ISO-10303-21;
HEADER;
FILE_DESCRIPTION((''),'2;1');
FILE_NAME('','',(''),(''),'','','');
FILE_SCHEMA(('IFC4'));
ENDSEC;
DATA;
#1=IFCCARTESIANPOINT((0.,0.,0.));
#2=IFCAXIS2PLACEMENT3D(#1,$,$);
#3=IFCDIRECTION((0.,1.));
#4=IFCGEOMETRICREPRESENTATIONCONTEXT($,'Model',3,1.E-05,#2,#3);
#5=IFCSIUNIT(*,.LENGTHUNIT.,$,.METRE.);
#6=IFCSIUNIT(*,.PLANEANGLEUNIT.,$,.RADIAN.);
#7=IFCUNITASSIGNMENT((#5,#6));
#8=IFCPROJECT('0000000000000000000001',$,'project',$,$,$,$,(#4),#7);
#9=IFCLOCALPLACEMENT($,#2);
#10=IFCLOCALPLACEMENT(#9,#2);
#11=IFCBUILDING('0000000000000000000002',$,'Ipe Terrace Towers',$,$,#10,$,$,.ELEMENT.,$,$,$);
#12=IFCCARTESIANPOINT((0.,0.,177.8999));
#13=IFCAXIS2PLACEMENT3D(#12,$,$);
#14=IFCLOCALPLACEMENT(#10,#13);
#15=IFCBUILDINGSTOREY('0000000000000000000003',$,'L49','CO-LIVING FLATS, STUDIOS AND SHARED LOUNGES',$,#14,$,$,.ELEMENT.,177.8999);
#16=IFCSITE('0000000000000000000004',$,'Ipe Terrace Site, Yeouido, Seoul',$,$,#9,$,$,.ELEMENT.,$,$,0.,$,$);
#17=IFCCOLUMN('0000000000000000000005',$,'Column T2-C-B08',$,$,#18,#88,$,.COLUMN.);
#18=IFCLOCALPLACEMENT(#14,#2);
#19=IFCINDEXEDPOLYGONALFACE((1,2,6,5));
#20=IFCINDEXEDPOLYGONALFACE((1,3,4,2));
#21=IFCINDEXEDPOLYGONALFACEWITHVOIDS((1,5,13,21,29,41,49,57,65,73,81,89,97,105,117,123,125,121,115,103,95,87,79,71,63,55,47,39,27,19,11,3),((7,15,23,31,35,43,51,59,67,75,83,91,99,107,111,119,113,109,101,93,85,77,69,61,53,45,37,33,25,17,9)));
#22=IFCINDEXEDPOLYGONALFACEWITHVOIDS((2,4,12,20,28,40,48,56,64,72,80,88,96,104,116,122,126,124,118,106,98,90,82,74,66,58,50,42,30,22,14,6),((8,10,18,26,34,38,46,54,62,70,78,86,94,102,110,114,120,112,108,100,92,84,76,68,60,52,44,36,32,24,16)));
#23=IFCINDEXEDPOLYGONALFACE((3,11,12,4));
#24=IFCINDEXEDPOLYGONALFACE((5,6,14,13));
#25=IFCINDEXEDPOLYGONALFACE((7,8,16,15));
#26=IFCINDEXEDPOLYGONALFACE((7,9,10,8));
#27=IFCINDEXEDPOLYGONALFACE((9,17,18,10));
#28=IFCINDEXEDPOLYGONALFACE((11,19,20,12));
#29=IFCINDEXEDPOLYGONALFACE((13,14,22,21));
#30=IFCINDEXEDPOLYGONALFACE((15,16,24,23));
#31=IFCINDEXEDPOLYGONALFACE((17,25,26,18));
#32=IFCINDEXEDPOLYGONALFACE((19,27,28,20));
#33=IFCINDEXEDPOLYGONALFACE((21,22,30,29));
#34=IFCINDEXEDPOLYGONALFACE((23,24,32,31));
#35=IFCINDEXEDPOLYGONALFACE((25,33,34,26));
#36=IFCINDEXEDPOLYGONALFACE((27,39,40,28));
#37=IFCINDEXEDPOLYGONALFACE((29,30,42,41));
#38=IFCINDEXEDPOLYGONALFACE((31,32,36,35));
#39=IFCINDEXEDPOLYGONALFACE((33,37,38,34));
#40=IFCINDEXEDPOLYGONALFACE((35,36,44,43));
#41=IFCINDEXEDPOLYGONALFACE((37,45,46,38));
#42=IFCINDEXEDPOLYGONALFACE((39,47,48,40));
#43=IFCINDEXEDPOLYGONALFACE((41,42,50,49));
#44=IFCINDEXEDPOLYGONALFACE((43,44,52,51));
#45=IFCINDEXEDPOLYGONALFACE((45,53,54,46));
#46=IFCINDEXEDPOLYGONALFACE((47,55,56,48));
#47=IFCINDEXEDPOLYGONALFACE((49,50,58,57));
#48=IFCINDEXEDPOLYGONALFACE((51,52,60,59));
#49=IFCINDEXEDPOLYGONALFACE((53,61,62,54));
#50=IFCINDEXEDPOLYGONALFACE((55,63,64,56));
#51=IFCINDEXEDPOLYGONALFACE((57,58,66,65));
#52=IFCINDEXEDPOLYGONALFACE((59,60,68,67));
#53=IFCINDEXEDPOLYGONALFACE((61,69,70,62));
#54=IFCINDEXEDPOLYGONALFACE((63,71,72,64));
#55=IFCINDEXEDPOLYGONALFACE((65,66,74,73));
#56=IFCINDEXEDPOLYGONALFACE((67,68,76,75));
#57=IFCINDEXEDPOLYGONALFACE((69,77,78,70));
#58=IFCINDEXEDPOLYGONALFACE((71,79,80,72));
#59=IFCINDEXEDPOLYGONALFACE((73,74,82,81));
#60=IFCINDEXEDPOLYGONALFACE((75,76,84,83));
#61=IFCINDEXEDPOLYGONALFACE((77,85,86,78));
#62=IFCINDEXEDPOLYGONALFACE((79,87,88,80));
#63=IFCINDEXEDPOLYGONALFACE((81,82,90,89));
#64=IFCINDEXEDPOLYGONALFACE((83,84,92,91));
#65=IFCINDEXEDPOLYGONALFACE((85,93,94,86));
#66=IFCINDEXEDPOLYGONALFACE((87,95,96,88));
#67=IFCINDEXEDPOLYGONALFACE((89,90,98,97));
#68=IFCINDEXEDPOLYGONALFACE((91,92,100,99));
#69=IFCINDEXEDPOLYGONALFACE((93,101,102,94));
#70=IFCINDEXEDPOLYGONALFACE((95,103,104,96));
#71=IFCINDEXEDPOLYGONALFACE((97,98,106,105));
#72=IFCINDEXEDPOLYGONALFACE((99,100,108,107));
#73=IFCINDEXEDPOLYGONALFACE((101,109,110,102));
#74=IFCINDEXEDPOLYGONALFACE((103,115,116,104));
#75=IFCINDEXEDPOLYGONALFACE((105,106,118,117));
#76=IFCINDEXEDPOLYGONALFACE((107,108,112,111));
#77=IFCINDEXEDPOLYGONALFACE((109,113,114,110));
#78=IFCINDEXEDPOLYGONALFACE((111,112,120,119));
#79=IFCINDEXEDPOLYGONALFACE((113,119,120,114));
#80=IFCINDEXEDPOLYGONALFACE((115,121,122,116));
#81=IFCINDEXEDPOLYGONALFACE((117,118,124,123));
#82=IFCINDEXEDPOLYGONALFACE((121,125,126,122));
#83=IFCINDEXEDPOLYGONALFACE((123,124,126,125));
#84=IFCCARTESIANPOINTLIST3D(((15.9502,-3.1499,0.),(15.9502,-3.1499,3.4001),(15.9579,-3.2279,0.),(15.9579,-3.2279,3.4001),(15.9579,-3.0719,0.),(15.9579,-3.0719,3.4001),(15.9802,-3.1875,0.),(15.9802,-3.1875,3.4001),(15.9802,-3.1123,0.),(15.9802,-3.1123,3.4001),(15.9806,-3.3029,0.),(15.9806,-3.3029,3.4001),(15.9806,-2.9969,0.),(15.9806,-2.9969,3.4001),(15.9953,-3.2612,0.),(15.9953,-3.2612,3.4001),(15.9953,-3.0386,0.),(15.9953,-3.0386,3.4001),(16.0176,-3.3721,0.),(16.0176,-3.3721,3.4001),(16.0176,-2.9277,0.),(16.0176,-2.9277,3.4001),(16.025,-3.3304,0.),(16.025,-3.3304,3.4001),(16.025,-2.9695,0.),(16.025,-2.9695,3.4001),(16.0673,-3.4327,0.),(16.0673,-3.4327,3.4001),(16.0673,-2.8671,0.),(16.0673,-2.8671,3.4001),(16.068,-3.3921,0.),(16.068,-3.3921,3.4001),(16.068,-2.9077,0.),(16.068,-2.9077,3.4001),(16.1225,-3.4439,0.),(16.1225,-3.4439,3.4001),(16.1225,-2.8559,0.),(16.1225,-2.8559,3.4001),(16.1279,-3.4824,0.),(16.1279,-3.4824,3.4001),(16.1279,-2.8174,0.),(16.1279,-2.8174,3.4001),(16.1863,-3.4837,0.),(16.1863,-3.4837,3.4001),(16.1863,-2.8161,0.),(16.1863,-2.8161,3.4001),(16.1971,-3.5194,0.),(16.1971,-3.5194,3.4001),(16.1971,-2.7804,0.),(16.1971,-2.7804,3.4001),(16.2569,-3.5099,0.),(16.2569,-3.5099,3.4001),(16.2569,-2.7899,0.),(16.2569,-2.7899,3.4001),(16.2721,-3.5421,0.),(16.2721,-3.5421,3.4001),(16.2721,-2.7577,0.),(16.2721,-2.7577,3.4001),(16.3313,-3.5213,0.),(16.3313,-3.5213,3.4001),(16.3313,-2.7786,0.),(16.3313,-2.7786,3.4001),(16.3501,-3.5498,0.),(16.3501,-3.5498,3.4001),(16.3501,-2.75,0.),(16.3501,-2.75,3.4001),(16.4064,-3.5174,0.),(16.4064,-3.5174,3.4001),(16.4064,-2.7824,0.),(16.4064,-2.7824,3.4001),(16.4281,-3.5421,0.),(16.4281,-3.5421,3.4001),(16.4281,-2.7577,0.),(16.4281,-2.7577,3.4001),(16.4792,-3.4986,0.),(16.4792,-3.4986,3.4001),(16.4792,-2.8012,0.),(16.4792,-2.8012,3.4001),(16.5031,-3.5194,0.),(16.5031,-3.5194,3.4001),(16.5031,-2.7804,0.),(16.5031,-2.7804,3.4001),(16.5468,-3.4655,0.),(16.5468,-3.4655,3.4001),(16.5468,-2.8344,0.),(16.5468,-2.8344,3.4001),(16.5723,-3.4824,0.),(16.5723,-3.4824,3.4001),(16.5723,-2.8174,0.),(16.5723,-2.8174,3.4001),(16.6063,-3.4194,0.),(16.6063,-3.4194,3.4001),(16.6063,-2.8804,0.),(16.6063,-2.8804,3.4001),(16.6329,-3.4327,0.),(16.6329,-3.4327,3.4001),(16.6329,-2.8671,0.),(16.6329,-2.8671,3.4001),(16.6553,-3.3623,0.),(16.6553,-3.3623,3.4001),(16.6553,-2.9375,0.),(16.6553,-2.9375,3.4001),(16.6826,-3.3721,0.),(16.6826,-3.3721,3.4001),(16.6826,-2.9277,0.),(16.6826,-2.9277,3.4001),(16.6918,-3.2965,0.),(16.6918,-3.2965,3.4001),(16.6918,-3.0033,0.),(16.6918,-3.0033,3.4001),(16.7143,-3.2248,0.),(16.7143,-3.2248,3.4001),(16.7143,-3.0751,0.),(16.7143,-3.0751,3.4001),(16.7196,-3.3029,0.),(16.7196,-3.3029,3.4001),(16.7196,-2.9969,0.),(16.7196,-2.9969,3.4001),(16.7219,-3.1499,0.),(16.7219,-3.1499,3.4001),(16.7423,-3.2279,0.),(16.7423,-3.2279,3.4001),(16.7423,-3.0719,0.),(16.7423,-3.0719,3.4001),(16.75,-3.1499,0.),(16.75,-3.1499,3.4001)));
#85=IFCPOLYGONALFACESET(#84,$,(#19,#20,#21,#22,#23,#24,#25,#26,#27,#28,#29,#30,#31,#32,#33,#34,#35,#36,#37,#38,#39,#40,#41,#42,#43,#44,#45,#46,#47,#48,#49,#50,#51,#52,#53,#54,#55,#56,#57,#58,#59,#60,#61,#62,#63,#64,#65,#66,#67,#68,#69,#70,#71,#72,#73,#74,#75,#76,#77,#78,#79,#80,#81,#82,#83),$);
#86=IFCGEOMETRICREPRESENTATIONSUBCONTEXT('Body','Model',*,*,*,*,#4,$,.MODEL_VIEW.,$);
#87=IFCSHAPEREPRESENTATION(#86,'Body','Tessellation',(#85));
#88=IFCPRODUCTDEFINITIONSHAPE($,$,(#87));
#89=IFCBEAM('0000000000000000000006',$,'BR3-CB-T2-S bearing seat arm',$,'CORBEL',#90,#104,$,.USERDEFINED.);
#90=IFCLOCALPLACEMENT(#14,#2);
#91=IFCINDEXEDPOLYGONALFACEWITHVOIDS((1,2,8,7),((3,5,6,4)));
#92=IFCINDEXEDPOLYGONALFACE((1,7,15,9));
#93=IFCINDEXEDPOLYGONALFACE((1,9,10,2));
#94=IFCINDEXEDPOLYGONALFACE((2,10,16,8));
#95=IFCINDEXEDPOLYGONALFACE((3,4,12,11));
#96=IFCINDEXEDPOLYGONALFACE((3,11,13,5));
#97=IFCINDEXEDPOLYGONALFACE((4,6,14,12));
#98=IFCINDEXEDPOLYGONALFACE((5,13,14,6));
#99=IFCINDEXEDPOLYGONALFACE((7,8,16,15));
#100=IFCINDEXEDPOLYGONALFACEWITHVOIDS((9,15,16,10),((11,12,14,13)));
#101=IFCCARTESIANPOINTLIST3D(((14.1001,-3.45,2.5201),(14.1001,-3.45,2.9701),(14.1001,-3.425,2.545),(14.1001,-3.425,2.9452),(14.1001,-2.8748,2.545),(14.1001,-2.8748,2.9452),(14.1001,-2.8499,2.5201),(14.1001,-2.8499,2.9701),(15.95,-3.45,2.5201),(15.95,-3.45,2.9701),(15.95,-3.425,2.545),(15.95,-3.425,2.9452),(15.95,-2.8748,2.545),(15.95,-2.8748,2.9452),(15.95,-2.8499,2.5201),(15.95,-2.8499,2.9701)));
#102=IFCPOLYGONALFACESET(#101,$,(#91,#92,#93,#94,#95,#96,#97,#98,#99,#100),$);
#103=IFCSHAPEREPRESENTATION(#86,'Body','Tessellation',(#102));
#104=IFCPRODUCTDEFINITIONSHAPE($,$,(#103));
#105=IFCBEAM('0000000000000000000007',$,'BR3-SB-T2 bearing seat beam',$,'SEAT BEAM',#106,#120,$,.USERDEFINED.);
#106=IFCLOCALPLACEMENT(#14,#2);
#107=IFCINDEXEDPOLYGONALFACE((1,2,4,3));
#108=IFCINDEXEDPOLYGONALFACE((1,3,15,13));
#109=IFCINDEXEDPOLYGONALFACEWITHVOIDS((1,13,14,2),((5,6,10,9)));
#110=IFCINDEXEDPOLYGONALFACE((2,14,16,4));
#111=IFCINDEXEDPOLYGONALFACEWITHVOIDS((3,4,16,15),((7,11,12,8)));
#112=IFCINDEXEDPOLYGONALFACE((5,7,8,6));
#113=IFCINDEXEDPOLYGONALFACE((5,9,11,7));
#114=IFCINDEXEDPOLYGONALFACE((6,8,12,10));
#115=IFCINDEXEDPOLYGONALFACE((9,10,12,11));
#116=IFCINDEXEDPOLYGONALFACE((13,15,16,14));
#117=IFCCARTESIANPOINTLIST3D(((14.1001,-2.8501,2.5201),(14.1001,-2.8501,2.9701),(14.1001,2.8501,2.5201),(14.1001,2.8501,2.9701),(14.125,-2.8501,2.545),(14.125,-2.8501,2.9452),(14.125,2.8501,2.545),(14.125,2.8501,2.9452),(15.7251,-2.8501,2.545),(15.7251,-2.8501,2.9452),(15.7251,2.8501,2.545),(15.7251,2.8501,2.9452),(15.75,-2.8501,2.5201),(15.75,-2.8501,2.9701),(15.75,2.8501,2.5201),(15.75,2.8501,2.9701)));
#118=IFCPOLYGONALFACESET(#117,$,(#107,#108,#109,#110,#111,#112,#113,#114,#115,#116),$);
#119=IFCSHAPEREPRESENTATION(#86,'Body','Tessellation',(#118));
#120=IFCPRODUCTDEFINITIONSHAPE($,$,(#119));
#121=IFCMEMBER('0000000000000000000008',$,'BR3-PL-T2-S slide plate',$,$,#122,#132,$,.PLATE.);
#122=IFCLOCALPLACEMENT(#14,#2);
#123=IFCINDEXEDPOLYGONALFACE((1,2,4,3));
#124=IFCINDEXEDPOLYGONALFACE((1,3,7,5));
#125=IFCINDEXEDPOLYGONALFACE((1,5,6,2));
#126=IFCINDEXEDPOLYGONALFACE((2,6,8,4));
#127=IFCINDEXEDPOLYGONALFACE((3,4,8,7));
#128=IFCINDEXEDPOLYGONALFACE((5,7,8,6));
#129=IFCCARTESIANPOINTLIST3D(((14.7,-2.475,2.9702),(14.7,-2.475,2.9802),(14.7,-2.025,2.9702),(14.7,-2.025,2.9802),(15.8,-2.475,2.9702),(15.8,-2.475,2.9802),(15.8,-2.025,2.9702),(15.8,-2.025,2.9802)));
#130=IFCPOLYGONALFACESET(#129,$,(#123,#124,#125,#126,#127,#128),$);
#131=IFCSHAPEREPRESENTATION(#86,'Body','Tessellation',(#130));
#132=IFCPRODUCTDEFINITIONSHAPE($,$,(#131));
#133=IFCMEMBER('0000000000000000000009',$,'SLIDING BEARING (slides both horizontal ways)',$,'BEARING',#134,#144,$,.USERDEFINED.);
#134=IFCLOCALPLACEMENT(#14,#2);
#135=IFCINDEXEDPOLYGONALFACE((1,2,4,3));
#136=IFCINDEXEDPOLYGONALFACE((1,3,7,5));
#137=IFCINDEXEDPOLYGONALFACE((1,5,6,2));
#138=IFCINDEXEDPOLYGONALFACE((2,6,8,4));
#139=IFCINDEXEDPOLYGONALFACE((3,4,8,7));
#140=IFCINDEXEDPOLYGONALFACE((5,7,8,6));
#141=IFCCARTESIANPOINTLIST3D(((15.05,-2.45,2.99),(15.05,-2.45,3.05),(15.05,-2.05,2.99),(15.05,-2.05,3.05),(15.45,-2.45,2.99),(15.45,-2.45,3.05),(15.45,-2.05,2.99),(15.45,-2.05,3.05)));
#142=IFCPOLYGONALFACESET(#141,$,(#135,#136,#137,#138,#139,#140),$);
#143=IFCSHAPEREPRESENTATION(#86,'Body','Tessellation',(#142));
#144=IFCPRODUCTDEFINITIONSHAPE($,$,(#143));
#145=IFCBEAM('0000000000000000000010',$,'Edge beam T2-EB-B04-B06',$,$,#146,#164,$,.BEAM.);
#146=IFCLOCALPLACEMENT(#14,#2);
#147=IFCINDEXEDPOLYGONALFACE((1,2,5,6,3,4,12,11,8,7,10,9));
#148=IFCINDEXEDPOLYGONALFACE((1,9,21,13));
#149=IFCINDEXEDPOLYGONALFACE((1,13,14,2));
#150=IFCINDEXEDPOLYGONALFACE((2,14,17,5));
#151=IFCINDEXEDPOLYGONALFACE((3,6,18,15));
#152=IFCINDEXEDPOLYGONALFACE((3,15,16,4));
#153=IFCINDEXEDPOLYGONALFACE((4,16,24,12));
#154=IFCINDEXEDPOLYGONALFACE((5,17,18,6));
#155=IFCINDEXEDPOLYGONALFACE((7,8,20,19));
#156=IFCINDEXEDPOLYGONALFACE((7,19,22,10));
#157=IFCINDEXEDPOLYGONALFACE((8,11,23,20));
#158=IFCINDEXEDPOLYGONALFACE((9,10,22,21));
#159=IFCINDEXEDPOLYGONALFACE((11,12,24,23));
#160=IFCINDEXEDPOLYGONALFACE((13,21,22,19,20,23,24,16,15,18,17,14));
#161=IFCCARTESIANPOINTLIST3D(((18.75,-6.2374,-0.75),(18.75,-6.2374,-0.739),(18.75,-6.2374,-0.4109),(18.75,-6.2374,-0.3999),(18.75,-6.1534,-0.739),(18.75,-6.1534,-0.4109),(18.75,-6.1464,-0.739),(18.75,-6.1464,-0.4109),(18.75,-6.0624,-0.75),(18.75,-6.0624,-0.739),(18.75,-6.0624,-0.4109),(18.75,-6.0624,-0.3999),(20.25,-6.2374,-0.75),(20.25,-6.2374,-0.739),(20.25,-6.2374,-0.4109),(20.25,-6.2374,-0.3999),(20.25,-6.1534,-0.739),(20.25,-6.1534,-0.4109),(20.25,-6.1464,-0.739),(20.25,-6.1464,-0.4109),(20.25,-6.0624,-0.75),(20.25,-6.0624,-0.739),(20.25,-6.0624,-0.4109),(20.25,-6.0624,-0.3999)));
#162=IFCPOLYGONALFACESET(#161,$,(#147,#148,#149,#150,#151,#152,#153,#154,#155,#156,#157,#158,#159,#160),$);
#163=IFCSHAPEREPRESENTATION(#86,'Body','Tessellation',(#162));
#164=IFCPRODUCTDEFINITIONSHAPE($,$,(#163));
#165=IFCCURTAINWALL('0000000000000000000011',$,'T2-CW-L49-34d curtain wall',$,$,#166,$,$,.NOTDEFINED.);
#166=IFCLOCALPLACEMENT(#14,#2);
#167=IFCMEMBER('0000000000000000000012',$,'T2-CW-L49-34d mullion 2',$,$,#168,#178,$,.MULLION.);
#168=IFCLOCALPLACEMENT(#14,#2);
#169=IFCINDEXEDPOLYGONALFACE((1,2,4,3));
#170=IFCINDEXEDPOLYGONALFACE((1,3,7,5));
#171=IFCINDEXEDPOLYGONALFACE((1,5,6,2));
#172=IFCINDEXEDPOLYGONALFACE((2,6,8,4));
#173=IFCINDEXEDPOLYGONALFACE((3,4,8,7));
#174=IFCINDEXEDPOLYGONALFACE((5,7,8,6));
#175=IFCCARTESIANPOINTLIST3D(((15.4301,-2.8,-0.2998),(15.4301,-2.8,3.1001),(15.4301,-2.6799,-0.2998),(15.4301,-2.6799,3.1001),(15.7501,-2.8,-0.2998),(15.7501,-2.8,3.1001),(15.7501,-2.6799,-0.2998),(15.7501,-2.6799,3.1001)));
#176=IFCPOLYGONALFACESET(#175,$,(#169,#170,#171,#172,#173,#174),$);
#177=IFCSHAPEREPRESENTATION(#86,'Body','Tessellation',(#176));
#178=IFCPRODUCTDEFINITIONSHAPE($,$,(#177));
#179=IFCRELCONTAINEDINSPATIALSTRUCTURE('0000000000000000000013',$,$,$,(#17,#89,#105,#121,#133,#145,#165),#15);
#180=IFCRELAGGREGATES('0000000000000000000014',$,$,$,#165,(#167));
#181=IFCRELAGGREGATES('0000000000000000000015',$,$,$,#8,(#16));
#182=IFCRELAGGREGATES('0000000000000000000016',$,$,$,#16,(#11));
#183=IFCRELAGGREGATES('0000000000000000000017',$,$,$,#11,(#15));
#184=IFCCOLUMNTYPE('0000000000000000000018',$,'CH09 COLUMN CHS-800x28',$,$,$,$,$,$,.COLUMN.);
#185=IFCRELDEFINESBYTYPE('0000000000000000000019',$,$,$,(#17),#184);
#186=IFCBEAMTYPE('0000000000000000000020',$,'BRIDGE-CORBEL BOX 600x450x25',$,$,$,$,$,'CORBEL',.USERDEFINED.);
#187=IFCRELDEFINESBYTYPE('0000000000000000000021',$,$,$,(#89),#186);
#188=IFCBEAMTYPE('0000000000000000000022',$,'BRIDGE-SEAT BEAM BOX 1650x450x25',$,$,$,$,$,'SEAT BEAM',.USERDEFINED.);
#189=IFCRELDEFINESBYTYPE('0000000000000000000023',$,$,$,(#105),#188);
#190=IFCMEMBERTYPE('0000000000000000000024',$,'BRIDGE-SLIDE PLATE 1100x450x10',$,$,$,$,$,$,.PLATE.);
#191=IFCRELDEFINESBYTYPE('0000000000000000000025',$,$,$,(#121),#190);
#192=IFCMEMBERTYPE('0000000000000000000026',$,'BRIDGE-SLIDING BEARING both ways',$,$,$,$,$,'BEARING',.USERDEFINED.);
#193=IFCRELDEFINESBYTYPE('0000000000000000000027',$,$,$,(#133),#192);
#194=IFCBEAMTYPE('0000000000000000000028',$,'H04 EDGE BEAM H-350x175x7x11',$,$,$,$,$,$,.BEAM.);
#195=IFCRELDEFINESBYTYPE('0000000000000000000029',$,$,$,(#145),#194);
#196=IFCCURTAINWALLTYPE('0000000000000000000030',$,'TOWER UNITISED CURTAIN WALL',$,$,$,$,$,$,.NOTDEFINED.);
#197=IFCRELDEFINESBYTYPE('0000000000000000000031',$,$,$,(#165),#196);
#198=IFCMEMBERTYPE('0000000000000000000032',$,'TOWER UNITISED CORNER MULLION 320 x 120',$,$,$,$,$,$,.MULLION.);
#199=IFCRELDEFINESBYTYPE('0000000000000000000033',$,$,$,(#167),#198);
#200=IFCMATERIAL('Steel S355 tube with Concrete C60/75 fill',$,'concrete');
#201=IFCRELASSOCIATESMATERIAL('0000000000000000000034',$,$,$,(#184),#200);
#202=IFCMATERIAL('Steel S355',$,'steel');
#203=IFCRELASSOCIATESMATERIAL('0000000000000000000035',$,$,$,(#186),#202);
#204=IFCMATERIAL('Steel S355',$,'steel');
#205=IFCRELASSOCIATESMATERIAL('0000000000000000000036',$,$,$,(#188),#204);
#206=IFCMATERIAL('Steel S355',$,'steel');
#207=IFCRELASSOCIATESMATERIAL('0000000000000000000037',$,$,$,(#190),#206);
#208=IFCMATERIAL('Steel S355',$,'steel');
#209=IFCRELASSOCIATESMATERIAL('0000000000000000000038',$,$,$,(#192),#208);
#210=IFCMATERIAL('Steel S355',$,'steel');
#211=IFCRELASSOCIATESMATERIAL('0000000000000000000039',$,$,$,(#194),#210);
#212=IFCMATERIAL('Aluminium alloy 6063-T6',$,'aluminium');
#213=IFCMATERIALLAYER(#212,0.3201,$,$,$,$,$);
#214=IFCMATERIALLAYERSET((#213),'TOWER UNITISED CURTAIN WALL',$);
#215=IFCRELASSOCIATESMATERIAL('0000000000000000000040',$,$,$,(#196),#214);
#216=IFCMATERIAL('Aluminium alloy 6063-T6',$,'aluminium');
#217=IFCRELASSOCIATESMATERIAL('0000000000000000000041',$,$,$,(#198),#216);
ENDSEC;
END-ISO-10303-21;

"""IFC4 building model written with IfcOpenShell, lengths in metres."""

from ifc_helpers import new_model, si_unit, direction, frame, origin, origin_2d, place, context, subcontext, project, spatial, rectangle, hollow_rectangle, hollow_circle, i_section, extrude, material, layer, layer_set, material_profile, profile_set, type_object, element, aggregate, save


model = new_model("IFC4")

# Units and contexts
model_context = context("Model", 3, precision=1e-05, world=origin(), true_north=direction((0.0, 1.0)))
body_context = subcontext(model_context, "Body", "Model", "MODEL_VIEW")
ifc_project = project(units=[si_unit("LENGTHUNIT", "METRE"), si_unit("PLANEANGLEUNIT", "RADIAN")], contexts=[model_context])

# Site, building, storey
site_placement = place(None, origin())
site = spatial("IfcSite", under=ifc_project, at=site_placement, Name="Ipe Terrace Site, Yeouido, Seoul", CompositionType="ELEMENT", RefElevation=0.0)
building_placement = place(site_placement, origin())
building = spatial("IfcBuilding", under=site, at=building_placement, Name="Ipe Terrace Towers", CompositionType="ELEMENT")
storey_placement = place(building_placement, frame((0.0, 0.0, 177.8999)))
storey = spatial("IfcBuildingStorey", under=building, at=storey_placement, Name="L49", Description="CO-LIVING FLATS, STUDIOS AND SHARED LOUNGES", CompositionType="ELEMENT", Elevation=177.8999)

# Column
ifc_material_1 = material(Name="Steel S355 tube with Concrete C60/75 fill", Category="concrete")
ifc_material_profile_1 = material_profile(ifc_material_1, hollow_circle(Radius=0.3999, WallThickness=0.0281, at=origin_2d()), Name="CHS-800x28")
ifc_profile_set_1 = profile_set([ifc_material_profile_1], Name="Steel S355 tube with Concrete C60/75 fill")
column_type = type_object("IfcColumnType", Name="CH09 COLUMN CHS-800x28", PredefinedType="COLUMN", material=ifc_profile_set_1)
for number, where, z_axis, x_axis, name in (
    (1, (16.3501, -3.1499, 0.0), (0.0, 0.0, 1.0), (1.0, 0.0, 0.0), "Column T2-C-B08"),
):
    element("IfcColumn", number, at=place(storey_placement, frame(where, z_axis=z_axis, x_axis=x_axis)), inside=storey, type_object=column_type, Name=name, PredefinedType="COLUMN", context=body_context, shape_type="SweptSolid", body=[
        extrude(hollow_circle(Radius=0.3999, WallThickness=0.0281, at=origin_2d()), origin(), (0.0, 0.0, 1.0), 3.4001),
    ])

# Beams
ifc_material_2 = material(Name="Steel S355", Category="steel")
ifc_material_profile_2 = material_profile(ifc_material_2, hollow_rectangle(XDim=0.6001, YDim=0.45, WallThickness=0.0249, at=origin_2d()), Name="BRIDGE-CORBEL BOX 600x450x25")
ifc_profile_set_2 = profile_set([ifc_material_profile_2], Name="Steel S355")
beam_type_1 = type_object("IfcBeamType", Name="BRIDGE-CORBEL BOX 600x450x25", ElementType="CORBEL", PredefinedType="USERDEFINED", material=ifc_profile_set_2)
beam_1_placement = place(storey_placement, frame((15.95, -3.1499, 2.7451), z_axis=(-1.0, 0.0, 0.0), x_axis=(0.0, -1.0, 0.0)))
element("IfcBeam", 2, at=beam_1_placement, inside=storey, type_object=beam_type_1, Name="BR3-CB-T2-S bearing seat arm", ObjectType="CORBEL", PredefinedType="USERDEFINED", context=body_context, shape_type="SweptSolid", body=[
    extrude(hollow_rectangle(XDim=0.6001, YDim=0.45, WallThickness=0.0249, at=origin_2d()), origin(), (0.0, 0.0, 1.0), 1.8499),
])
ifc_material_3 = material(Name="Steel S355", Category="steel")
ifc_material_profile_3 = material_profile(ifc_material_3, hollow_rectangle(XDim=1.6499, YDim=0.45, WallThickness=0.0249, at=origin_2d()), Name="BRIDGE-SEAT BEAM BOX 1650x450x25")
ifc_profile_set_3 = profile_set([ifc_material_profile_3], Name="Steel S355")
beam_type_2 = type_object("IfcBeamType", Name="BRIDGE-SEAT BEAM BOX 1650x450x25", ElementType="SEAT BEAM", PredefinedType="USERDEFINED", material=ifc_profile_set_3)
beam_2_placement = place(storey_placement, frame((14.925, -2.8501, 2.7451), z_axis=(0.0, 1.0, 0.0), x_axis=(-1.0, 0.0, 0.0)))
element("IfcBeam", 3, at=beam_2_placement, inside=storey, type_object=beam_type_2, Name="BR3-SB-T2 bearing seat beam", ObjectType="SEAT BEAM", PredefinedType="USERDEFINED", context=body_context, shape_type="SweptSolid", body=[
    extrude(hollow_rectangle(XDim=1.6499, YDim=0.45, WallThickness=0.0249, at=origin_2d()), origin(), (0.0, 0.0, 1.0), 5.7002),
])

# Members
ifc_material_4 = material(Name="Steel S355", Category="steel")
member_type_1 = type_object("IfcMemberType", Name="BRIDGE-SLIDE PLATE 1100x450x10", PredefinedType="PLATE", material=ifc_material_4)
member_1_placement = place(storey_placement, frame((15.25, -2.25, 2.9702), z_axis=(0.0, 0.0, 1.0), x_axis=(1.0, 0.0, 0.0)))
element("IfcMember", 4, at=member_1_placement, inside=storey, type_object=member_type_1, Name="BR3-PL-T2-S slide plate", PredefinedType="PLATE", context=body_context, shape_type="SweptSolid", body=[
    extrude(rectangle(XDim=1.1001, YDim=0.45, at=origin_2d()), origin(), (0.0, 0.0, 1.0), 0.01),
])
ifc_material_5 = material(Name="Steel S355", Category="steel")
member_type_2 = type_object("IfcMemberType", Name="BRIDGE-SLIDING BEARING both ways", ElementType="BEARING", PredefinedType="USERDEFINED", material=ifc_material_5)
member_2_placement = place(storey_placement, frame((15.25, -2.25, 2.99), z_axis=(0.0, 0.0, 1.0), x_axis=(1.0, 0.0, 0.0)))
element("IfcMember", 5, at=member_2_placement, inside=storey, type_object=member_type_2, Name="SLIDING BEARING (slides both horizontal ways)", ObjectType="BEARING", PredefinedType="USERDEFINED", context=body_context, shape_type="SweptSolid", body=[
    extrude(rectangle(XDim=0.3999, YDim=0.3999, at=origin_2d()), origin(), (0.0, 0.0, 1.0), 0.0601),
])

# Beam
ifc_material_6 = material(Name="Steel S355", Category="steel")
ifc_material_profile_4 = material_profile(ifc_material_6, i_section(OverallWidth=0.175, OverallDepth=0.3501, WebThickness=0.0071, FlangeThickness=0.011, at=origin_2d()), Name="H-350x175x7x11")
ifc_profile_set_4 = profile_set([ifc_material_profile_4], Name="Steel S355")
beam_type_3 = type_object("IfcBeamType", Name="H04 EDGE BEAM H-350x175x7x11", PredefinedType="BEAM", material=ifc_profile_set_4)
beam_3_placement = place(storey_placement, frame((20.25, -6.1499, -0.575), z_axis=(-1.0, 0.0, 0.0), x_axis=(0.0, -1.0, 0.0)))
element("IfcBeam", 6, at=beam_3_placement, inside=storey, type_object=beam_type_3, Name="Edge beam T2-EB-B04-B06", PredefinedType="BEAM", context=body_context, shape_type="SweptSolid", body=[
    extrude(i_section(OverallWidth=0.175, OverallDepth=0.3501, WebThickness=0.0071, FlangeThickness=0.011, at=origin_2d()), origin(), (0.0, 0.0, 1.0), 1.5),
])

# Curtain wall, member
ifc_material_7 = material(Name="Aluminium alloy 6063-T6", Category="aluminium")
ifc_layer_1 = layer(ifc_material_7, 0.3201)
ifc_layer_set_1 = layer_set([ifc_layer_1], Name="TOWER UNITISED CURTAIN WALL")
curtain_wall_type = type_object("IfcCurtainWallType", Name="TOWER UNITISED CURTAIN WALL", PredefinedType="NOTDEFINED", material=ifc_layer_set_1)
curtain_wall_1_placement = place(storey_placement, origin())
curtain_wall_1 = element("IfcCurtainWall", 7, at=curtain_wall_1_placement, inside=storey, type_object=curtain_wall_type, Name="T2-CW-L49-34d curtain wall", PredefinedType="NOTDEFINED")
ifc_material_8 = material(Name="Aluminium alloy 6063-T6", Category="aluminium")
ifc_material_profile_5 = material_profile(ifc_material_8, rectangle(XDim=0.3201, YDim=0.1201, at=origin_2d()), Name="TOWER UNITISED CORNER MULLION 320 x 120")
ifc_profile_set_5 = profile_set([ifc_material_profile_5], Name="Aluminium alloy 6063-T6")
member_type_3 = type_object("IfcMemberType", Name="TOWER UNITISED CORNER MULLION 320 x 120", PredefinedType="MULLION", material=ifc_profile_set_5)
member_3_placement = place(storey_placement, frame((15.5901, -2.74, -0.2998), z_axis=(0.0, 0.0, 1.0), x_axis=(-1.0, 0.0, 0.0)))
member_3 = element("IfcMember", 8, at=member_3_placement, type_object=member_type_3, Name="T2-CW-L49-34d mullion 2", PredefinedType="MULLION", context=body_context, shape_type="SweptSolid", body=[
    extrude(rectangle(XDim=0.3201, YDim=0.1201, at=origin_2d()), origin(), (0.0, 0.0, 1.0), 3.3999),
])

aggregate(curtain_wall_1, [member_3])

save(model, "model.ifc")
